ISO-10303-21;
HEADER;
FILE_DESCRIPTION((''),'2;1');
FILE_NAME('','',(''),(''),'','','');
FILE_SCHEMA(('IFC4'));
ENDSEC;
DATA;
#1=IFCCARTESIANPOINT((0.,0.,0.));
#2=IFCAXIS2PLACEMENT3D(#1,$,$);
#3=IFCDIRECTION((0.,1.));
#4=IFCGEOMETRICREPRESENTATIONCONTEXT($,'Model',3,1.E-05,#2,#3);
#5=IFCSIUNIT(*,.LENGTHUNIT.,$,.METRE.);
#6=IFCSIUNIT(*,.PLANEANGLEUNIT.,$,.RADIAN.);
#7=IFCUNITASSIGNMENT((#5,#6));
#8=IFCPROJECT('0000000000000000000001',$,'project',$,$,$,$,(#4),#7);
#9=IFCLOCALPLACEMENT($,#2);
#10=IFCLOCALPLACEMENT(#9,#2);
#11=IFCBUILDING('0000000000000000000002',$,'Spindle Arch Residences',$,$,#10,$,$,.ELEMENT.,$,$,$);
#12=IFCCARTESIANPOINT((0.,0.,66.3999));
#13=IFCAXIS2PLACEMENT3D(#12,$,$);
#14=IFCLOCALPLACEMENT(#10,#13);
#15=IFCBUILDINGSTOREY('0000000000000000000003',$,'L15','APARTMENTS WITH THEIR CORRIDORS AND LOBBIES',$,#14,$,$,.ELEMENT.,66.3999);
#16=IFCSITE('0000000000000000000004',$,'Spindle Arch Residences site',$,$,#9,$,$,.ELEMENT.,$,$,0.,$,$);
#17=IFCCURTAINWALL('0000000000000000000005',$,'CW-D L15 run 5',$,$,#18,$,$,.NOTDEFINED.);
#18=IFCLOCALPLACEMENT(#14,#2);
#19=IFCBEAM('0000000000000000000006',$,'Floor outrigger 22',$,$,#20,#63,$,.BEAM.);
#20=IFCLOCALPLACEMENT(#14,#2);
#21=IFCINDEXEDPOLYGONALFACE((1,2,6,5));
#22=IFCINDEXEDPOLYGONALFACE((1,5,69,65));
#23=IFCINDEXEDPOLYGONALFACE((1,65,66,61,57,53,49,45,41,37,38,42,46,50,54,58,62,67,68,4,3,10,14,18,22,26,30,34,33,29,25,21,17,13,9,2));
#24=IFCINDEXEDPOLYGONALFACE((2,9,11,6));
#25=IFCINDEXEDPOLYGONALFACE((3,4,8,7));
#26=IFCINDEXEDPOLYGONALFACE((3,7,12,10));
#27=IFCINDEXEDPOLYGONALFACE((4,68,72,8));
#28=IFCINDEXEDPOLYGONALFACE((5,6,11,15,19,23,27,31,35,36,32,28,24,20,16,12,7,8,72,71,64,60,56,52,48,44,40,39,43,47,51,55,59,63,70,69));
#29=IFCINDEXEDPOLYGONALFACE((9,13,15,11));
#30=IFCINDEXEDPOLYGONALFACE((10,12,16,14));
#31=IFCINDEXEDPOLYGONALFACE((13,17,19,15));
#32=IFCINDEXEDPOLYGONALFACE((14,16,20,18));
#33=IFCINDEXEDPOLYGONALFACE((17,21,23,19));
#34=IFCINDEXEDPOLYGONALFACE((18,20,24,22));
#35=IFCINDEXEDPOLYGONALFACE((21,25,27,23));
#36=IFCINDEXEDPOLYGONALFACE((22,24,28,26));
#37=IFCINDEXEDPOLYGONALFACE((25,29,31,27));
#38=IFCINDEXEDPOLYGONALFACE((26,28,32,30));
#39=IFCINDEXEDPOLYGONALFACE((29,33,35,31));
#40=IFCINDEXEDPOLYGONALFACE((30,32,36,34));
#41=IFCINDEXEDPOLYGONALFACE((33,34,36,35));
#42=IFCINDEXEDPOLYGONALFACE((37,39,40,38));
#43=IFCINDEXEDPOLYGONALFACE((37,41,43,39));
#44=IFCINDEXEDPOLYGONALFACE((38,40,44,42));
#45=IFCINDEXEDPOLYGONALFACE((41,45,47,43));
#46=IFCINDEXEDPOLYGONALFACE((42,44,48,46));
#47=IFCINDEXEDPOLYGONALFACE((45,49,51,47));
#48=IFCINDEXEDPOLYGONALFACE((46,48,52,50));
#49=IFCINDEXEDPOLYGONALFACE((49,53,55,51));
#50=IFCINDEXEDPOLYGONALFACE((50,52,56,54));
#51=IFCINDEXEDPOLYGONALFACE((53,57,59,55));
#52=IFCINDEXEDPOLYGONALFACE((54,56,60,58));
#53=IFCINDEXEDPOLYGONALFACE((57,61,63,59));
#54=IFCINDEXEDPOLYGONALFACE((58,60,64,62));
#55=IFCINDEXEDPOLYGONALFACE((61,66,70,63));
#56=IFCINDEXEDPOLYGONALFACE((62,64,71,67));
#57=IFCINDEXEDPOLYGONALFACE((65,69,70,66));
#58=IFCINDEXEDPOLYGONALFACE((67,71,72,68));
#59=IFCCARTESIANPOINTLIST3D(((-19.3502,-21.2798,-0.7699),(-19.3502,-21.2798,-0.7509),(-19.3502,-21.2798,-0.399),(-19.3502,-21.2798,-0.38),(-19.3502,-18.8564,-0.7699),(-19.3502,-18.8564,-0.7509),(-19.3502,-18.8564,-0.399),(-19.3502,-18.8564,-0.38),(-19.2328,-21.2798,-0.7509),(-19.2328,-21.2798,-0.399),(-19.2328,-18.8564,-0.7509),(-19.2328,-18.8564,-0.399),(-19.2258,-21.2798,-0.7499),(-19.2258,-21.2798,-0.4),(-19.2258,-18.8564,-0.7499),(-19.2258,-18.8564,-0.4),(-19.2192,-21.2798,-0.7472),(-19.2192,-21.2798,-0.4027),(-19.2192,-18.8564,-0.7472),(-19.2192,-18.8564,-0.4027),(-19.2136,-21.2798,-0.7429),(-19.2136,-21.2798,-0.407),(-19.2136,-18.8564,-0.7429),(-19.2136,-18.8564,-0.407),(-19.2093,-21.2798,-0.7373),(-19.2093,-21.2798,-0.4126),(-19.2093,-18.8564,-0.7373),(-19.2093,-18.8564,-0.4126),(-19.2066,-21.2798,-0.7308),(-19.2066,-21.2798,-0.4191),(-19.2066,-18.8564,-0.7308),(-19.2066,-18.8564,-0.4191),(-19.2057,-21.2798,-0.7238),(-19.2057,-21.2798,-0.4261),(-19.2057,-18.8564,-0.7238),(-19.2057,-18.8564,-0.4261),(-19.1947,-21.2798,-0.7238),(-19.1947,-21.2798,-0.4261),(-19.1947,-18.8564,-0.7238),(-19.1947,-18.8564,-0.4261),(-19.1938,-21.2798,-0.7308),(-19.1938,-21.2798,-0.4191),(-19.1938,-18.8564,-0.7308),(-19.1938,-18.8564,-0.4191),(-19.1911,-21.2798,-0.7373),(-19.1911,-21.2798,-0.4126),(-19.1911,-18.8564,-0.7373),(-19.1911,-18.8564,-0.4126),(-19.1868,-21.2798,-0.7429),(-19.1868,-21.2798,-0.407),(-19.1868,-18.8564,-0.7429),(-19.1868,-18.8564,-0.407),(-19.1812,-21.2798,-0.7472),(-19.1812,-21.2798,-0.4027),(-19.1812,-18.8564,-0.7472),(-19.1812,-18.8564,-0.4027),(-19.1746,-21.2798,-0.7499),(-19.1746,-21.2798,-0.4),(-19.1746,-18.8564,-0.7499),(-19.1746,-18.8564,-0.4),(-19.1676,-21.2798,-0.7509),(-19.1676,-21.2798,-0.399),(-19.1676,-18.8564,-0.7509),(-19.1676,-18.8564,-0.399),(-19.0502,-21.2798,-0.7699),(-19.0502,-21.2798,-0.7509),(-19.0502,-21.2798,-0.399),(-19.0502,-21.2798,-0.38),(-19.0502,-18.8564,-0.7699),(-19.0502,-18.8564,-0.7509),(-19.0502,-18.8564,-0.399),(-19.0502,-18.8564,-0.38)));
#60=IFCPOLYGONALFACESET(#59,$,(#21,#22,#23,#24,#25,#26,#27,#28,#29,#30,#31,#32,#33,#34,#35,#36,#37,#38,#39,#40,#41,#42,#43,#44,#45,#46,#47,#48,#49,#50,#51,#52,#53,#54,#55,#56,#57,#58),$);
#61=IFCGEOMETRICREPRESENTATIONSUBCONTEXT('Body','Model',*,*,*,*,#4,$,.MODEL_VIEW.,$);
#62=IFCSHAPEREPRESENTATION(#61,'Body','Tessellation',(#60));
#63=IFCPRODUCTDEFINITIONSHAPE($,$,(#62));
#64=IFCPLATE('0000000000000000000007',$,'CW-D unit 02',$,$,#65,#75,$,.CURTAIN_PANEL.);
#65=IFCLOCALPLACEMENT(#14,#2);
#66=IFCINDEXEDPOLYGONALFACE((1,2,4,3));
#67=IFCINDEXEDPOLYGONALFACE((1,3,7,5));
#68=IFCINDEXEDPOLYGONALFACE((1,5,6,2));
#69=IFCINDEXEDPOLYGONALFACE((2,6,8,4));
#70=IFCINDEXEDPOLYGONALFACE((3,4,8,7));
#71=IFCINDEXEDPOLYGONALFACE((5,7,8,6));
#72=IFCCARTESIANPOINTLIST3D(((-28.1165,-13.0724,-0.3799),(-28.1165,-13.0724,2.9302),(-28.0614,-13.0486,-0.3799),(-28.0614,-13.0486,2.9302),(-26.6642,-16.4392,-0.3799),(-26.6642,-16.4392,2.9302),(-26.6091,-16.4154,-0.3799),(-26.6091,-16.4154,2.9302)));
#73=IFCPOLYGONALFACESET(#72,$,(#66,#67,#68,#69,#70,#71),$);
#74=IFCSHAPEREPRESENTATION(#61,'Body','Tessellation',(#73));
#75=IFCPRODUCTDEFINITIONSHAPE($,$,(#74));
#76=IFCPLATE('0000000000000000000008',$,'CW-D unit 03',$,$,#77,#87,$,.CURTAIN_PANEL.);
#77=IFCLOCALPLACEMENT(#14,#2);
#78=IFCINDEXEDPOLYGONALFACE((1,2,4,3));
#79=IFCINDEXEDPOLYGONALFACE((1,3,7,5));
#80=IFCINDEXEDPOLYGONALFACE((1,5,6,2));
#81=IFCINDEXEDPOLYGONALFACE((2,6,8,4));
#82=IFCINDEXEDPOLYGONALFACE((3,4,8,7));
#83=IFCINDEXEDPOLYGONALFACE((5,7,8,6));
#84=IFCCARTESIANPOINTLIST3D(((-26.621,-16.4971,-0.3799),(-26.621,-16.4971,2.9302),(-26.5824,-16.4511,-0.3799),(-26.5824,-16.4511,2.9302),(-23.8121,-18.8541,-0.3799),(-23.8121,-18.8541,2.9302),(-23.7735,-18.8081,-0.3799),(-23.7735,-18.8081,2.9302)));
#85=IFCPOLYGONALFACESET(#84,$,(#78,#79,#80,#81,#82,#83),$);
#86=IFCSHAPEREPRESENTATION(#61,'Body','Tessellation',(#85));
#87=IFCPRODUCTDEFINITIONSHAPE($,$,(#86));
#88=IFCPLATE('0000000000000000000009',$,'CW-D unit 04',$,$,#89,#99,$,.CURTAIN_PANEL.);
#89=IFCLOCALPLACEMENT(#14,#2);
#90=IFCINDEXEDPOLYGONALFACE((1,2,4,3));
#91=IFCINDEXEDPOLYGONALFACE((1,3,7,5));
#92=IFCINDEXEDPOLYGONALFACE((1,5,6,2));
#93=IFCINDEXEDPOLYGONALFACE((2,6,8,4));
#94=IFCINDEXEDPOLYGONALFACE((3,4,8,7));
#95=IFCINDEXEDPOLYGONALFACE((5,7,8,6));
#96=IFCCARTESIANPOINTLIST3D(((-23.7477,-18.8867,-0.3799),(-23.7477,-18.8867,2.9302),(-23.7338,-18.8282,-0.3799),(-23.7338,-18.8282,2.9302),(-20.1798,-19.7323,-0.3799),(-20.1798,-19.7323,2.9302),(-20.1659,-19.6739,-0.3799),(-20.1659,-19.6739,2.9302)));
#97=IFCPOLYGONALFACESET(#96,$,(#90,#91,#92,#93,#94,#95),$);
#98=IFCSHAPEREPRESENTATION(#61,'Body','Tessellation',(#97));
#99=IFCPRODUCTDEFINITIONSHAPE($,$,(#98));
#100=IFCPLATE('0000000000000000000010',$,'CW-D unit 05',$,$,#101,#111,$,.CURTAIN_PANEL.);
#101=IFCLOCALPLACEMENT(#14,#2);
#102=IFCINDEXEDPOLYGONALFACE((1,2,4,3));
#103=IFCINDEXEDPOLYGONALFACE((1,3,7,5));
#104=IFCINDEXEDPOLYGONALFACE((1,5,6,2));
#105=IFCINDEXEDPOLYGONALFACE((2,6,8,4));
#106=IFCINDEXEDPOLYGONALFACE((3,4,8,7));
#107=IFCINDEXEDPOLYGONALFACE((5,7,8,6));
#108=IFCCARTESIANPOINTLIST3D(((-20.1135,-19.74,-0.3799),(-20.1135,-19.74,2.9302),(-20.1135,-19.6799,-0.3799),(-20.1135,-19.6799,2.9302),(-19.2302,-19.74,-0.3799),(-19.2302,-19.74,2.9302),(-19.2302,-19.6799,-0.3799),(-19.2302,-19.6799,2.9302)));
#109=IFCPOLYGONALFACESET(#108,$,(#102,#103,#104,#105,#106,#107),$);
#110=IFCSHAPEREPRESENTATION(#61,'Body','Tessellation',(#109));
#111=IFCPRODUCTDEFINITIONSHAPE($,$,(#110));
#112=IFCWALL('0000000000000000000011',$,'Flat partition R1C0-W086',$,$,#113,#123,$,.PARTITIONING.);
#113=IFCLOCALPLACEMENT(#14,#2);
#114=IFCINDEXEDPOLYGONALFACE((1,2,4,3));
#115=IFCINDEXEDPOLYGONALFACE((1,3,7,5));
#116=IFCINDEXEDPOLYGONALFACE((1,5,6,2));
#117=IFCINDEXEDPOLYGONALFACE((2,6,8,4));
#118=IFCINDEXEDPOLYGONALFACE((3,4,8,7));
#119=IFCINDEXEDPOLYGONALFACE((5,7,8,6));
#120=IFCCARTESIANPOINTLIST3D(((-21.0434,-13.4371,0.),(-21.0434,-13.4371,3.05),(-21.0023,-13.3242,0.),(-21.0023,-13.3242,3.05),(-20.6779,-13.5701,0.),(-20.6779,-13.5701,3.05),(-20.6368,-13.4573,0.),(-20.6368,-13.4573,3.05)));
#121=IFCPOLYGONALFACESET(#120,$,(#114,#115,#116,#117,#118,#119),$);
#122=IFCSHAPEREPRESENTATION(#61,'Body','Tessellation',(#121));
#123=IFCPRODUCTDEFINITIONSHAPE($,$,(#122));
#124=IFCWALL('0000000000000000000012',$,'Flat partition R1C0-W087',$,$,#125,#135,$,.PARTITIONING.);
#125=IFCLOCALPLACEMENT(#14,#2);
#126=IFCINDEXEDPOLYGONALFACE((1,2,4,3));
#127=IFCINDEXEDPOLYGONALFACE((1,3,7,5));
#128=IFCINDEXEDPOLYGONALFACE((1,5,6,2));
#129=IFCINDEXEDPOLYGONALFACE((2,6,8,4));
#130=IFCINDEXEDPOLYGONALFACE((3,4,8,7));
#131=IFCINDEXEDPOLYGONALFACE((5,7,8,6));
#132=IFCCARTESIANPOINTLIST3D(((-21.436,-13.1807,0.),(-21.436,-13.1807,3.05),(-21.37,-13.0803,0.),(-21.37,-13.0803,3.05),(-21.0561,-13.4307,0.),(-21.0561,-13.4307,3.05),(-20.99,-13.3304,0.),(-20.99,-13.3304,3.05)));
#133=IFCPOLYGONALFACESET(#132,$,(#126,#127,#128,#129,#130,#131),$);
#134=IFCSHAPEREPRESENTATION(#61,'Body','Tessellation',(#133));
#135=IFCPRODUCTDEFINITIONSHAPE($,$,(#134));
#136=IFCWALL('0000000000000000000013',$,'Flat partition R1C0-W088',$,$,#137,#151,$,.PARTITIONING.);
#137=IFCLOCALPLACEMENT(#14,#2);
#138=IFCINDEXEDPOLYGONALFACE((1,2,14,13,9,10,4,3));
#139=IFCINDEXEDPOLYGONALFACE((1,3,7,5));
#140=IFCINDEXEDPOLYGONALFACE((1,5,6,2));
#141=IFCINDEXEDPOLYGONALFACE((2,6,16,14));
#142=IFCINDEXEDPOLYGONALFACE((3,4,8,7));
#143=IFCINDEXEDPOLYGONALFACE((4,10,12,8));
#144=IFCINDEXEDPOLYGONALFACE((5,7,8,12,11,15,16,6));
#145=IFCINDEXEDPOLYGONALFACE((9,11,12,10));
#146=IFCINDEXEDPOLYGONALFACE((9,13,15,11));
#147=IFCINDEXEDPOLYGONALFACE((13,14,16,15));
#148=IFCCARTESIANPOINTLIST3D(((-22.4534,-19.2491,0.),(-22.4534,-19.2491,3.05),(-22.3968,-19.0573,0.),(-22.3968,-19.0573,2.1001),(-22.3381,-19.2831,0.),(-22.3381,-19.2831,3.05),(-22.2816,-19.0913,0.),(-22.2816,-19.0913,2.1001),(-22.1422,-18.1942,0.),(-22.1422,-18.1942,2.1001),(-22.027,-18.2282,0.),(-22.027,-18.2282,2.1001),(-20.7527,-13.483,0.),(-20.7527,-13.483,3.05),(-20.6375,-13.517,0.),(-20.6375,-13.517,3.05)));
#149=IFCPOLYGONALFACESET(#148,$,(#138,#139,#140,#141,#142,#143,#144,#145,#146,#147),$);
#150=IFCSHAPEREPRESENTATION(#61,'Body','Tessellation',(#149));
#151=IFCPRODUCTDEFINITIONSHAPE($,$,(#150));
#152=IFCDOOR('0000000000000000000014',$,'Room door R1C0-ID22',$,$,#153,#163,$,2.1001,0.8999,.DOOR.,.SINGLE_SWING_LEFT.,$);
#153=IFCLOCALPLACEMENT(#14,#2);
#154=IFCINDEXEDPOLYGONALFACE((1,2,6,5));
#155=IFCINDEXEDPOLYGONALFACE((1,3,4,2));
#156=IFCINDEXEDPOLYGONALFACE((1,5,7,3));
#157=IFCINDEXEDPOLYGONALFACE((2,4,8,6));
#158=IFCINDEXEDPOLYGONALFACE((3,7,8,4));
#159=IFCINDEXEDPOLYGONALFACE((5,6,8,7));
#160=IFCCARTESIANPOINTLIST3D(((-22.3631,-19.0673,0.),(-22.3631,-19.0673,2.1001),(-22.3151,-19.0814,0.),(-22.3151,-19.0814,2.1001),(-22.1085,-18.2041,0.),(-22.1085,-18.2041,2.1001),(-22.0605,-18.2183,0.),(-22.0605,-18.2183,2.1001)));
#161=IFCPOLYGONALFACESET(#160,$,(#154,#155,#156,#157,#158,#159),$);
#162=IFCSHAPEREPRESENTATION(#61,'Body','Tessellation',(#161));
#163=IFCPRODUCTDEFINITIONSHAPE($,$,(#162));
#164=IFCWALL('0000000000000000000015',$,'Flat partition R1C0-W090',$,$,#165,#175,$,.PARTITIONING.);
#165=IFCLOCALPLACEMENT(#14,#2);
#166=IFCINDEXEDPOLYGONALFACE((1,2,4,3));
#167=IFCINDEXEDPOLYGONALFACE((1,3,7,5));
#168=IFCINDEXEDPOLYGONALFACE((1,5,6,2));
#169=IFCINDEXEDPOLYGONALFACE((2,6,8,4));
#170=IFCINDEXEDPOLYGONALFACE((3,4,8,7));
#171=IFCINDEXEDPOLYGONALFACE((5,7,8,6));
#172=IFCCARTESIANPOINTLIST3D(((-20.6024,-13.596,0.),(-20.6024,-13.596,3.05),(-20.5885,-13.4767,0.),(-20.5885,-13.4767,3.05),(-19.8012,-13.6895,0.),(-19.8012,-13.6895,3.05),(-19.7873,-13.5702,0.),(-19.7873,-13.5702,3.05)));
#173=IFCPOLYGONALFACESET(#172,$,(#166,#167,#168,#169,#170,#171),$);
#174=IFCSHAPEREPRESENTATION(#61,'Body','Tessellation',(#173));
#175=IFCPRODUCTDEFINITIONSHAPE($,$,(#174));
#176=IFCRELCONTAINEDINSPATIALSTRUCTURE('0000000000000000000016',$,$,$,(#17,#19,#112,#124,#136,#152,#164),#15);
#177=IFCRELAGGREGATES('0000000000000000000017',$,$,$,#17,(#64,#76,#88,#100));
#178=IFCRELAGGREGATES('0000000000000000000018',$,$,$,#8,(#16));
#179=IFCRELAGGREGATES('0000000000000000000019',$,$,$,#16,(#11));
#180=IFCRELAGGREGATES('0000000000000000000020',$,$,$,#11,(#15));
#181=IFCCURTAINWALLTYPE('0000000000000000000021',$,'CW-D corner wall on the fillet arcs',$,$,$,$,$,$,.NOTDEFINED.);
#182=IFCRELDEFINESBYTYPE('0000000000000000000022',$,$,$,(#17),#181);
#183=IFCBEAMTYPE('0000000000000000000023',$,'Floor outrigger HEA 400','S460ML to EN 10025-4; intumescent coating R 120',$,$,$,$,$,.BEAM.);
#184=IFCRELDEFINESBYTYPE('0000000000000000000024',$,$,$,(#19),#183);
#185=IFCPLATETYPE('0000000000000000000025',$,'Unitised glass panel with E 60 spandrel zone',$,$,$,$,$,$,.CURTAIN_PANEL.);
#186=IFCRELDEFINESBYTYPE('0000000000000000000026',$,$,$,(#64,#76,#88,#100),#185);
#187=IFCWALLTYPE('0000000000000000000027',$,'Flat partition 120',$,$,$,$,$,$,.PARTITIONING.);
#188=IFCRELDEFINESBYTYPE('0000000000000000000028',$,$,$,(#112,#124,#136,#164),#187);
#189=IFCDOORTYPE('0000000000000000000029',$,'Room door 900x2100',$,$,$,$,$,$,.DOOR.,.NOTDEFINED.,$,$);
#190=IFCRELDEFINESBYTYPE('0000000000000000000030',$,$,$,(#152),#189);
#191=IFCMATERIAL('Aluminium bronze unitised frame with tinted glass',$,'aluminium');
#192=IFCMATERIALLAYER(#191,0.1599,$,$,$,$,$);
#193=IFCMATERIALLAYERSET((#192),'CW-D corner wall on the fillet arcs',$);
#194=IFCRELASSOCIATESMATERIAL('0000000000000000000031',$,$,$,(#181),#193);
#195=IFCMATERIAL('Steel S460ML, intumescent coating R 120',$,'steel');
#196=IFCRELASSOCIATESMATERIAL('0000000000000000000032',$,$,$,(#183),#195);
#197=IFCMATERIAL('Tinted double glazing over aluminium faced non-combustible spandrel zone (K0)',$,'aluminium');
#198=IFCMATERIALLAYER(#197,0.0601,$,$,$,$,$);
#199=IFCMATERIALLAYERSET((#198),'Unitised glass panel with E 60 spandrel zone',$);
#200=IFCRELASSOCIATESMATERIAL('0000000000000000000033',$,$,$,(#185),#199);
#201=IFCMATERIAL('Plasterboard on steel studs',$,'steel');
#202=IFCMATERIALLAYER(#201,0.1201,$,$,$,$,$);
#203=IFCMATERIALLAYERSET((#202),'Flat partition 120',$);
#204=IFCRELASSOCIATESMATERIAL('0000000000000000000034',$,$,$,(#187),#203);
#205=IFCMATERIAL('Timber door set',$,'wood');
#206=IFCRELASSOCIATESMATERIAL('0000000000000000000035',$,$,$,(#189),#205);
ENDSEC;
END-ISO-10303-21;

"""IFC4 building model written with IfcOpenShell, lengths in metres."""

from ifc_helpers import new_model, si_unit, direction, frame, frame_2d, origin, origin_2d, place, context, subcontext, project, spatial, rectangle, i_section, extrude, material, layer, layer_set, material_profile, profile_set, type_object, element, fill, aggregate, save


model = new_model("IFC4")

# Units and contexts
model_context = context("Model", 3, precision=1e-05, world=origin(), true_north=direction((0.0, 1.0)))
body_context = subcontext(model_context, "Body", "Model", "MODEL_VIEW")
ifc_project = project(units=[si_unit("LENGTHUNIT", "METRE"), si_unit("PLANEANGLEUNIT", "RADIAN")], contexts=[model_context])

# Site, building, storey
site_placement = place(None, origin())
site = spatial("IfcSite", under=ifc_project, at=site_placement, Name="Spindle Arch Residences site", CompositionType="ELEMENT", RefElevation=0.0)
building_placement = place(site_placement, origin())
building = spatial("IfcBuilding", under=site, at=building_placement, Name="Spindle Arch Residences", CompositionType="ELEMENT")
storey_placement = place(building_placement, frame((0.0, 0.0, 66.3999)))
storey = spatial("IfcBuildingStorey", under=building, at=storey_placement, Name="L15", Description="APARTMENTS WITH THEIR CORRIDORS AND LOBBIES", CompositionType="ELEMENT", Elevation=66.3999)

# Curtain wall
ifc_material_1 = material(Name="Aluminium bronze unitised frame with tinted glass", Category="aluminium")
ifc_layer_1 = layer(ifc_material_1, 0.1599)
ifc_layer_set_1 = layer_set([ifc_layer_1], Name="CW-D corner wall on the fillet arcs")
curtain_wall_type_1 = type_object("IfcCurtainWallType", Name="CW-D corner wall on the fillet arcs", PredefinedType="NOTDEFINED", material=ifc_layer_set_1)
curtain_wall_1_placement = place(storey_placement, origin())
curtain_wall_1 = element("IfcCurtainWall", 1, at=curtain_wall_1_placement, inside=storey, type_object=curtain_wall_type_1, Name="CW-D L15 run 5", PredefinedType="NOTDEFINED")

# Beam
ifc_material_2 = material(Name="Steel S460ML, intumescent coating R 120", Category="steel")
ifc_material_profile_1 = material_profile(ifc_material_2, i_section(OverallWidth=0.3, OverallDepth=0.3899, WebThickness=0.011, FlangeThickness=0.019, FilletRadius=0.0271, at=origin_2d()), Name="HEA 400")
ifc_profile_set_1 = profile_set([ifc_material_profile_1], Name="Steel S460ML, intumescent coating R 120")
beam_type_1 = type_object("IfcBeamType", Name="Floor outrigger HEA 400", Description="S460ML to EN 10025-4; intumescent coating R 120", PredefinedType="BEAM", material=ifc_profile_set_1)
beam_1_placement = place(storey_placement, frame((-19.2002, -21.2798, -0.575), z_axis=(0.0, 1.0, 0.0), x_axis=(-1.0, 0.0, 0.0)))
element("IfcBeam", 2, at=beam_1_placement, inside=storey, type_object=beam_type_1, Name="Floor outrigger 22", PredefinedType="BEAM", context=body_context, shape_type="SweptSolid", body=[
    extrude(i_section(OverallWidth=0.3, OverallDepth=0.3899, WebThickness=0.011, FlangeThickness=0.019, FilletRadius=0.0271, at=origin_2d()), origin(), (0.0, 0.0, 1.0), 2.4233),
])

# Plates
ifc_material_3 = material(Name="Tinted double glazing over aluminium faced non-combustible spandrel zone (K0)", Category="aluminium")
ifc_layer_2 = layer(ifc_material_3, 0.0601)
ifc_layer_set_2 = layer_set([ifc_layer_2], Name="Unitised glass panel with E 60 spandrel zone")
plate_type = type_object("IfcPlateType", Name="Unitised glass panel with E 60 spandrel zone", PredefinedType="CURTAIN_PANEL", material=ifc_layer_set_2)
plate_1_placement = place(storey_placement, frame((-27.3628, -14.7439, -0.3799), z_axis=(0.0, 0.0, 1.0), x_axis=(0.39608, -0.918216, 0.0)))
plate_1 = element("IfcPlate", 3, at=plate_1_placement, type_object=plate_type, Name="CW-D unit 02", PredefinedType="CURTAIN_PANEL", context=body_context, shape_type="SweptSolid", body=[
    extrude(rectangle(XDim=3.6667, YDim=0.0601, at=origin_2d()), origin(), (0.0, 0.0, 1.0), 3.3101),
])
plate_2_placement = place(storey_placement, frame((-25.1973, -17.6526, -0.3799), z_axis=(0.0, 0.0, 1.0), x_axis=(0.766044, -0.642788, 0.0)))
plate_2 = element("IfcPlate", 4, at=plate_2_placement, type_object=plate_type, Name="CW-D unit 03", PredefinedType="CURTAIN_PANEL", context=body_context, shape_type="SweptSolid", body=[
    extrude(rectangle(XDim=3.6667, YDim=0.0601, at=origin_2d()), origin(), (0.0, 0.0, 1.0), 3.3101),
])
plate_3_placement = place(storey_placement, frame((-21.9568, -19.2803, -0.3799), z_axis=(0.0, 0.0, 1.0), x_axis=(0.973045, -0.230616, 0.0)))
plate_3 = element("IfcPlate", 5, at=plate_3_placement, type_object=plate_type, Name="CW-D unit 04", PredefinedType="CURTAIN_PANEL", context=body_context, shape_type="SweptSolid", body=[
    extrude(rectangle(XDim=3.6667, YDim=0.0601, at=origin_2d()), origin(), (0.0, 0.0, 1.0), 3.3101),
])
plate_4_placement = place(storey_placement, frame((-19.6719, -19.71, -0.3799), z_axis=(0.0, 0.0, 1.0), x_axis=(1.0, 0.0, 0.0)))
plate_4 = element("IfcPlate", 6, at=plate_4_placement, type_object=plate_type, Name="CW-D unit 05", PredefinedType="CURTAIN_PANEL", context=body_context, shape_type="SweptSolid", body=[
    extrude(rectangle(XDim=0.8833, YDim=0.0601, at=origin_2d()), origin(), (0.0, 0.0, 1.0), 3.3101),
])
aggregate(curtain_wall_1, [plate_1, plate_2, plate_3, plate_4])

# Walls
ifc_material_4 = material(Name="Plasterboard on steel studs", Category="steel")
ifc_layer_3 = layer(ifc_material_4, 0.1201)
ifc_layer_set_3 = layer_set([ifc_layer_3], Name="Flat partition 120")
wall_type_1 = type_object("IfcWallType", Name="Flat partition 120", PredefinedType="PARTITIONING", material=ifc_layer_set_3)
wall_1_placement = place(storey_placement, frame((-20.6575, -13.5137, 0.0), z_axis=(0.0, 0.0, 1.0), x_axis=(-0.939665, 0.342096, 0.0)))
element("IfcWall", 7, at=wall_1_placement, inside=storey, type_object=wall_type_1, Name="Flat partition R1C0-W086", PredefinedType="PARTITIONING", context=body_context, shape_type="SweptSolid", body=[
    extrude(rectangle(XDim=0.3889, YDim=0.1201, at=frame_2d((0.1943, 0.0))), origin(), (0.0, 0.0, 1.0), 3.05),
])
wall_2_placement = place(storey_placement, frame((-21.0229, -13.3806, 0.0), z_axis=(0.0, 0.0, 1.0), x_axis=(-0.835339, 0.549735, 0.0)))
element("IfcWall", 8, at=wall_2_placement, inside=storey, type_object=wall_type_1, Name="Flat partition R1C0-W087", PredefinedType="PARTITIONING", context=body_context, shape_type="SweptSolid", body=[
    extrude(rectangle(XDim=0.4548, YDim=0.1201, at=frame_2d((0.2275, 0.0))), origin(), (0.0, 0.0, 1.0), 3.05),
])

# Wall, opening, door
wall_3_placement = place(storey_placement, frame((-22.3958, -19.2661, 0.0), z_axis=(0.0, 0.0, 1.0), x_axis=(0.282896, 0.959151, 0.0)))
wall_3 = element("IfcWall", 9, at=wall_3_placement, inside=storey, type_object=wall_type_1, Name="Flat partition R1C0-W088", PredefinedType="PARTITIONING", context=body_context, shape_type="SweptSolid", body=[
    extrude(rectangle(XDim=6.0117, YDim=0.1201, at=frame_2d((3.0059, 0.0))), origin(), (0.0, 0.0, 1.0), 3.05),
])
opening_1_placement = place(wall_3_placement, frame((0.2, 0.0, 0.0)))
opening_1 = element("IfcOpeningElement", 10, at=opening_1_placement, cuts=wall_3, PredefinedType="OPENING", context=body_context, shape_type="SweptSolid", body=[
    extrude(rectangle(XDim=0.8999, YDim=2.1001, at=frame_2d((0.45, 1.05))), frame((0.0, 0.0701, 0.0), z_axis=(0.0, -1.0, 0.0), x_axis=(1.0, 0.0, 0.0)), (0.0, 0.0, 1.0), 0.1401),
])
ifc_material_5 = material(Name="Timber door set", Category="wood")
door_type = type_object("IfcDoorType", Name="Room door 900x2100", OperationType="NOTDEFINED", PredefinedType="DOOR", material=ifc_material_5)
door_1_placement = place(opening_1_placement, origin())
door_1 = element("IfcDoor", 11, at=door_1_placement, inside=storey, type_object=door_type, Name="Room door R1C0-ID22", OperationType="SINGLE_SWING_LEFT", OverallHeight=2.1001, OverallWidth=0.8999, PredefinedType="DOOR", context=body_context, shape_type="SweptSolid", body=[
    extrude(rectangle(XDim=0.8999, YDim=2.1001, at=frame_2d((0.45, 1.05))), frame((0.0, 0.0249, 0.0), z_axis=(0.0, -1.0, 0.0), x_axis=(1.0, 0.0, 0.0)), (0.0, 0.0, 1.0), 0.05),
])
fill(opening_1, door_1)

# Wall
wall_4_placement = place(storey_placement, frame((-20.5955, -13.5364, 0.0), z_axis=(0.0, 0.0, 1.0), x_axis=(0.99326, -0.115911, 0.0)))
element("IfcWall", 12, at=wall_4_placement, inside=storey, type_object=wall_type_1, Name="Flat partition R1C0-W090", PredefinedType="PARTITIONING", context=body_context, shape_type="SweptSolid", body=[
    extrude(rectangle(XDim=0.8066, YDim=0.1201, at=frame_2d((0.4033, 0.0))), origin(), (0.0, 0.0, 1.0), 3.05),
])

save(model, "model.ifc")
